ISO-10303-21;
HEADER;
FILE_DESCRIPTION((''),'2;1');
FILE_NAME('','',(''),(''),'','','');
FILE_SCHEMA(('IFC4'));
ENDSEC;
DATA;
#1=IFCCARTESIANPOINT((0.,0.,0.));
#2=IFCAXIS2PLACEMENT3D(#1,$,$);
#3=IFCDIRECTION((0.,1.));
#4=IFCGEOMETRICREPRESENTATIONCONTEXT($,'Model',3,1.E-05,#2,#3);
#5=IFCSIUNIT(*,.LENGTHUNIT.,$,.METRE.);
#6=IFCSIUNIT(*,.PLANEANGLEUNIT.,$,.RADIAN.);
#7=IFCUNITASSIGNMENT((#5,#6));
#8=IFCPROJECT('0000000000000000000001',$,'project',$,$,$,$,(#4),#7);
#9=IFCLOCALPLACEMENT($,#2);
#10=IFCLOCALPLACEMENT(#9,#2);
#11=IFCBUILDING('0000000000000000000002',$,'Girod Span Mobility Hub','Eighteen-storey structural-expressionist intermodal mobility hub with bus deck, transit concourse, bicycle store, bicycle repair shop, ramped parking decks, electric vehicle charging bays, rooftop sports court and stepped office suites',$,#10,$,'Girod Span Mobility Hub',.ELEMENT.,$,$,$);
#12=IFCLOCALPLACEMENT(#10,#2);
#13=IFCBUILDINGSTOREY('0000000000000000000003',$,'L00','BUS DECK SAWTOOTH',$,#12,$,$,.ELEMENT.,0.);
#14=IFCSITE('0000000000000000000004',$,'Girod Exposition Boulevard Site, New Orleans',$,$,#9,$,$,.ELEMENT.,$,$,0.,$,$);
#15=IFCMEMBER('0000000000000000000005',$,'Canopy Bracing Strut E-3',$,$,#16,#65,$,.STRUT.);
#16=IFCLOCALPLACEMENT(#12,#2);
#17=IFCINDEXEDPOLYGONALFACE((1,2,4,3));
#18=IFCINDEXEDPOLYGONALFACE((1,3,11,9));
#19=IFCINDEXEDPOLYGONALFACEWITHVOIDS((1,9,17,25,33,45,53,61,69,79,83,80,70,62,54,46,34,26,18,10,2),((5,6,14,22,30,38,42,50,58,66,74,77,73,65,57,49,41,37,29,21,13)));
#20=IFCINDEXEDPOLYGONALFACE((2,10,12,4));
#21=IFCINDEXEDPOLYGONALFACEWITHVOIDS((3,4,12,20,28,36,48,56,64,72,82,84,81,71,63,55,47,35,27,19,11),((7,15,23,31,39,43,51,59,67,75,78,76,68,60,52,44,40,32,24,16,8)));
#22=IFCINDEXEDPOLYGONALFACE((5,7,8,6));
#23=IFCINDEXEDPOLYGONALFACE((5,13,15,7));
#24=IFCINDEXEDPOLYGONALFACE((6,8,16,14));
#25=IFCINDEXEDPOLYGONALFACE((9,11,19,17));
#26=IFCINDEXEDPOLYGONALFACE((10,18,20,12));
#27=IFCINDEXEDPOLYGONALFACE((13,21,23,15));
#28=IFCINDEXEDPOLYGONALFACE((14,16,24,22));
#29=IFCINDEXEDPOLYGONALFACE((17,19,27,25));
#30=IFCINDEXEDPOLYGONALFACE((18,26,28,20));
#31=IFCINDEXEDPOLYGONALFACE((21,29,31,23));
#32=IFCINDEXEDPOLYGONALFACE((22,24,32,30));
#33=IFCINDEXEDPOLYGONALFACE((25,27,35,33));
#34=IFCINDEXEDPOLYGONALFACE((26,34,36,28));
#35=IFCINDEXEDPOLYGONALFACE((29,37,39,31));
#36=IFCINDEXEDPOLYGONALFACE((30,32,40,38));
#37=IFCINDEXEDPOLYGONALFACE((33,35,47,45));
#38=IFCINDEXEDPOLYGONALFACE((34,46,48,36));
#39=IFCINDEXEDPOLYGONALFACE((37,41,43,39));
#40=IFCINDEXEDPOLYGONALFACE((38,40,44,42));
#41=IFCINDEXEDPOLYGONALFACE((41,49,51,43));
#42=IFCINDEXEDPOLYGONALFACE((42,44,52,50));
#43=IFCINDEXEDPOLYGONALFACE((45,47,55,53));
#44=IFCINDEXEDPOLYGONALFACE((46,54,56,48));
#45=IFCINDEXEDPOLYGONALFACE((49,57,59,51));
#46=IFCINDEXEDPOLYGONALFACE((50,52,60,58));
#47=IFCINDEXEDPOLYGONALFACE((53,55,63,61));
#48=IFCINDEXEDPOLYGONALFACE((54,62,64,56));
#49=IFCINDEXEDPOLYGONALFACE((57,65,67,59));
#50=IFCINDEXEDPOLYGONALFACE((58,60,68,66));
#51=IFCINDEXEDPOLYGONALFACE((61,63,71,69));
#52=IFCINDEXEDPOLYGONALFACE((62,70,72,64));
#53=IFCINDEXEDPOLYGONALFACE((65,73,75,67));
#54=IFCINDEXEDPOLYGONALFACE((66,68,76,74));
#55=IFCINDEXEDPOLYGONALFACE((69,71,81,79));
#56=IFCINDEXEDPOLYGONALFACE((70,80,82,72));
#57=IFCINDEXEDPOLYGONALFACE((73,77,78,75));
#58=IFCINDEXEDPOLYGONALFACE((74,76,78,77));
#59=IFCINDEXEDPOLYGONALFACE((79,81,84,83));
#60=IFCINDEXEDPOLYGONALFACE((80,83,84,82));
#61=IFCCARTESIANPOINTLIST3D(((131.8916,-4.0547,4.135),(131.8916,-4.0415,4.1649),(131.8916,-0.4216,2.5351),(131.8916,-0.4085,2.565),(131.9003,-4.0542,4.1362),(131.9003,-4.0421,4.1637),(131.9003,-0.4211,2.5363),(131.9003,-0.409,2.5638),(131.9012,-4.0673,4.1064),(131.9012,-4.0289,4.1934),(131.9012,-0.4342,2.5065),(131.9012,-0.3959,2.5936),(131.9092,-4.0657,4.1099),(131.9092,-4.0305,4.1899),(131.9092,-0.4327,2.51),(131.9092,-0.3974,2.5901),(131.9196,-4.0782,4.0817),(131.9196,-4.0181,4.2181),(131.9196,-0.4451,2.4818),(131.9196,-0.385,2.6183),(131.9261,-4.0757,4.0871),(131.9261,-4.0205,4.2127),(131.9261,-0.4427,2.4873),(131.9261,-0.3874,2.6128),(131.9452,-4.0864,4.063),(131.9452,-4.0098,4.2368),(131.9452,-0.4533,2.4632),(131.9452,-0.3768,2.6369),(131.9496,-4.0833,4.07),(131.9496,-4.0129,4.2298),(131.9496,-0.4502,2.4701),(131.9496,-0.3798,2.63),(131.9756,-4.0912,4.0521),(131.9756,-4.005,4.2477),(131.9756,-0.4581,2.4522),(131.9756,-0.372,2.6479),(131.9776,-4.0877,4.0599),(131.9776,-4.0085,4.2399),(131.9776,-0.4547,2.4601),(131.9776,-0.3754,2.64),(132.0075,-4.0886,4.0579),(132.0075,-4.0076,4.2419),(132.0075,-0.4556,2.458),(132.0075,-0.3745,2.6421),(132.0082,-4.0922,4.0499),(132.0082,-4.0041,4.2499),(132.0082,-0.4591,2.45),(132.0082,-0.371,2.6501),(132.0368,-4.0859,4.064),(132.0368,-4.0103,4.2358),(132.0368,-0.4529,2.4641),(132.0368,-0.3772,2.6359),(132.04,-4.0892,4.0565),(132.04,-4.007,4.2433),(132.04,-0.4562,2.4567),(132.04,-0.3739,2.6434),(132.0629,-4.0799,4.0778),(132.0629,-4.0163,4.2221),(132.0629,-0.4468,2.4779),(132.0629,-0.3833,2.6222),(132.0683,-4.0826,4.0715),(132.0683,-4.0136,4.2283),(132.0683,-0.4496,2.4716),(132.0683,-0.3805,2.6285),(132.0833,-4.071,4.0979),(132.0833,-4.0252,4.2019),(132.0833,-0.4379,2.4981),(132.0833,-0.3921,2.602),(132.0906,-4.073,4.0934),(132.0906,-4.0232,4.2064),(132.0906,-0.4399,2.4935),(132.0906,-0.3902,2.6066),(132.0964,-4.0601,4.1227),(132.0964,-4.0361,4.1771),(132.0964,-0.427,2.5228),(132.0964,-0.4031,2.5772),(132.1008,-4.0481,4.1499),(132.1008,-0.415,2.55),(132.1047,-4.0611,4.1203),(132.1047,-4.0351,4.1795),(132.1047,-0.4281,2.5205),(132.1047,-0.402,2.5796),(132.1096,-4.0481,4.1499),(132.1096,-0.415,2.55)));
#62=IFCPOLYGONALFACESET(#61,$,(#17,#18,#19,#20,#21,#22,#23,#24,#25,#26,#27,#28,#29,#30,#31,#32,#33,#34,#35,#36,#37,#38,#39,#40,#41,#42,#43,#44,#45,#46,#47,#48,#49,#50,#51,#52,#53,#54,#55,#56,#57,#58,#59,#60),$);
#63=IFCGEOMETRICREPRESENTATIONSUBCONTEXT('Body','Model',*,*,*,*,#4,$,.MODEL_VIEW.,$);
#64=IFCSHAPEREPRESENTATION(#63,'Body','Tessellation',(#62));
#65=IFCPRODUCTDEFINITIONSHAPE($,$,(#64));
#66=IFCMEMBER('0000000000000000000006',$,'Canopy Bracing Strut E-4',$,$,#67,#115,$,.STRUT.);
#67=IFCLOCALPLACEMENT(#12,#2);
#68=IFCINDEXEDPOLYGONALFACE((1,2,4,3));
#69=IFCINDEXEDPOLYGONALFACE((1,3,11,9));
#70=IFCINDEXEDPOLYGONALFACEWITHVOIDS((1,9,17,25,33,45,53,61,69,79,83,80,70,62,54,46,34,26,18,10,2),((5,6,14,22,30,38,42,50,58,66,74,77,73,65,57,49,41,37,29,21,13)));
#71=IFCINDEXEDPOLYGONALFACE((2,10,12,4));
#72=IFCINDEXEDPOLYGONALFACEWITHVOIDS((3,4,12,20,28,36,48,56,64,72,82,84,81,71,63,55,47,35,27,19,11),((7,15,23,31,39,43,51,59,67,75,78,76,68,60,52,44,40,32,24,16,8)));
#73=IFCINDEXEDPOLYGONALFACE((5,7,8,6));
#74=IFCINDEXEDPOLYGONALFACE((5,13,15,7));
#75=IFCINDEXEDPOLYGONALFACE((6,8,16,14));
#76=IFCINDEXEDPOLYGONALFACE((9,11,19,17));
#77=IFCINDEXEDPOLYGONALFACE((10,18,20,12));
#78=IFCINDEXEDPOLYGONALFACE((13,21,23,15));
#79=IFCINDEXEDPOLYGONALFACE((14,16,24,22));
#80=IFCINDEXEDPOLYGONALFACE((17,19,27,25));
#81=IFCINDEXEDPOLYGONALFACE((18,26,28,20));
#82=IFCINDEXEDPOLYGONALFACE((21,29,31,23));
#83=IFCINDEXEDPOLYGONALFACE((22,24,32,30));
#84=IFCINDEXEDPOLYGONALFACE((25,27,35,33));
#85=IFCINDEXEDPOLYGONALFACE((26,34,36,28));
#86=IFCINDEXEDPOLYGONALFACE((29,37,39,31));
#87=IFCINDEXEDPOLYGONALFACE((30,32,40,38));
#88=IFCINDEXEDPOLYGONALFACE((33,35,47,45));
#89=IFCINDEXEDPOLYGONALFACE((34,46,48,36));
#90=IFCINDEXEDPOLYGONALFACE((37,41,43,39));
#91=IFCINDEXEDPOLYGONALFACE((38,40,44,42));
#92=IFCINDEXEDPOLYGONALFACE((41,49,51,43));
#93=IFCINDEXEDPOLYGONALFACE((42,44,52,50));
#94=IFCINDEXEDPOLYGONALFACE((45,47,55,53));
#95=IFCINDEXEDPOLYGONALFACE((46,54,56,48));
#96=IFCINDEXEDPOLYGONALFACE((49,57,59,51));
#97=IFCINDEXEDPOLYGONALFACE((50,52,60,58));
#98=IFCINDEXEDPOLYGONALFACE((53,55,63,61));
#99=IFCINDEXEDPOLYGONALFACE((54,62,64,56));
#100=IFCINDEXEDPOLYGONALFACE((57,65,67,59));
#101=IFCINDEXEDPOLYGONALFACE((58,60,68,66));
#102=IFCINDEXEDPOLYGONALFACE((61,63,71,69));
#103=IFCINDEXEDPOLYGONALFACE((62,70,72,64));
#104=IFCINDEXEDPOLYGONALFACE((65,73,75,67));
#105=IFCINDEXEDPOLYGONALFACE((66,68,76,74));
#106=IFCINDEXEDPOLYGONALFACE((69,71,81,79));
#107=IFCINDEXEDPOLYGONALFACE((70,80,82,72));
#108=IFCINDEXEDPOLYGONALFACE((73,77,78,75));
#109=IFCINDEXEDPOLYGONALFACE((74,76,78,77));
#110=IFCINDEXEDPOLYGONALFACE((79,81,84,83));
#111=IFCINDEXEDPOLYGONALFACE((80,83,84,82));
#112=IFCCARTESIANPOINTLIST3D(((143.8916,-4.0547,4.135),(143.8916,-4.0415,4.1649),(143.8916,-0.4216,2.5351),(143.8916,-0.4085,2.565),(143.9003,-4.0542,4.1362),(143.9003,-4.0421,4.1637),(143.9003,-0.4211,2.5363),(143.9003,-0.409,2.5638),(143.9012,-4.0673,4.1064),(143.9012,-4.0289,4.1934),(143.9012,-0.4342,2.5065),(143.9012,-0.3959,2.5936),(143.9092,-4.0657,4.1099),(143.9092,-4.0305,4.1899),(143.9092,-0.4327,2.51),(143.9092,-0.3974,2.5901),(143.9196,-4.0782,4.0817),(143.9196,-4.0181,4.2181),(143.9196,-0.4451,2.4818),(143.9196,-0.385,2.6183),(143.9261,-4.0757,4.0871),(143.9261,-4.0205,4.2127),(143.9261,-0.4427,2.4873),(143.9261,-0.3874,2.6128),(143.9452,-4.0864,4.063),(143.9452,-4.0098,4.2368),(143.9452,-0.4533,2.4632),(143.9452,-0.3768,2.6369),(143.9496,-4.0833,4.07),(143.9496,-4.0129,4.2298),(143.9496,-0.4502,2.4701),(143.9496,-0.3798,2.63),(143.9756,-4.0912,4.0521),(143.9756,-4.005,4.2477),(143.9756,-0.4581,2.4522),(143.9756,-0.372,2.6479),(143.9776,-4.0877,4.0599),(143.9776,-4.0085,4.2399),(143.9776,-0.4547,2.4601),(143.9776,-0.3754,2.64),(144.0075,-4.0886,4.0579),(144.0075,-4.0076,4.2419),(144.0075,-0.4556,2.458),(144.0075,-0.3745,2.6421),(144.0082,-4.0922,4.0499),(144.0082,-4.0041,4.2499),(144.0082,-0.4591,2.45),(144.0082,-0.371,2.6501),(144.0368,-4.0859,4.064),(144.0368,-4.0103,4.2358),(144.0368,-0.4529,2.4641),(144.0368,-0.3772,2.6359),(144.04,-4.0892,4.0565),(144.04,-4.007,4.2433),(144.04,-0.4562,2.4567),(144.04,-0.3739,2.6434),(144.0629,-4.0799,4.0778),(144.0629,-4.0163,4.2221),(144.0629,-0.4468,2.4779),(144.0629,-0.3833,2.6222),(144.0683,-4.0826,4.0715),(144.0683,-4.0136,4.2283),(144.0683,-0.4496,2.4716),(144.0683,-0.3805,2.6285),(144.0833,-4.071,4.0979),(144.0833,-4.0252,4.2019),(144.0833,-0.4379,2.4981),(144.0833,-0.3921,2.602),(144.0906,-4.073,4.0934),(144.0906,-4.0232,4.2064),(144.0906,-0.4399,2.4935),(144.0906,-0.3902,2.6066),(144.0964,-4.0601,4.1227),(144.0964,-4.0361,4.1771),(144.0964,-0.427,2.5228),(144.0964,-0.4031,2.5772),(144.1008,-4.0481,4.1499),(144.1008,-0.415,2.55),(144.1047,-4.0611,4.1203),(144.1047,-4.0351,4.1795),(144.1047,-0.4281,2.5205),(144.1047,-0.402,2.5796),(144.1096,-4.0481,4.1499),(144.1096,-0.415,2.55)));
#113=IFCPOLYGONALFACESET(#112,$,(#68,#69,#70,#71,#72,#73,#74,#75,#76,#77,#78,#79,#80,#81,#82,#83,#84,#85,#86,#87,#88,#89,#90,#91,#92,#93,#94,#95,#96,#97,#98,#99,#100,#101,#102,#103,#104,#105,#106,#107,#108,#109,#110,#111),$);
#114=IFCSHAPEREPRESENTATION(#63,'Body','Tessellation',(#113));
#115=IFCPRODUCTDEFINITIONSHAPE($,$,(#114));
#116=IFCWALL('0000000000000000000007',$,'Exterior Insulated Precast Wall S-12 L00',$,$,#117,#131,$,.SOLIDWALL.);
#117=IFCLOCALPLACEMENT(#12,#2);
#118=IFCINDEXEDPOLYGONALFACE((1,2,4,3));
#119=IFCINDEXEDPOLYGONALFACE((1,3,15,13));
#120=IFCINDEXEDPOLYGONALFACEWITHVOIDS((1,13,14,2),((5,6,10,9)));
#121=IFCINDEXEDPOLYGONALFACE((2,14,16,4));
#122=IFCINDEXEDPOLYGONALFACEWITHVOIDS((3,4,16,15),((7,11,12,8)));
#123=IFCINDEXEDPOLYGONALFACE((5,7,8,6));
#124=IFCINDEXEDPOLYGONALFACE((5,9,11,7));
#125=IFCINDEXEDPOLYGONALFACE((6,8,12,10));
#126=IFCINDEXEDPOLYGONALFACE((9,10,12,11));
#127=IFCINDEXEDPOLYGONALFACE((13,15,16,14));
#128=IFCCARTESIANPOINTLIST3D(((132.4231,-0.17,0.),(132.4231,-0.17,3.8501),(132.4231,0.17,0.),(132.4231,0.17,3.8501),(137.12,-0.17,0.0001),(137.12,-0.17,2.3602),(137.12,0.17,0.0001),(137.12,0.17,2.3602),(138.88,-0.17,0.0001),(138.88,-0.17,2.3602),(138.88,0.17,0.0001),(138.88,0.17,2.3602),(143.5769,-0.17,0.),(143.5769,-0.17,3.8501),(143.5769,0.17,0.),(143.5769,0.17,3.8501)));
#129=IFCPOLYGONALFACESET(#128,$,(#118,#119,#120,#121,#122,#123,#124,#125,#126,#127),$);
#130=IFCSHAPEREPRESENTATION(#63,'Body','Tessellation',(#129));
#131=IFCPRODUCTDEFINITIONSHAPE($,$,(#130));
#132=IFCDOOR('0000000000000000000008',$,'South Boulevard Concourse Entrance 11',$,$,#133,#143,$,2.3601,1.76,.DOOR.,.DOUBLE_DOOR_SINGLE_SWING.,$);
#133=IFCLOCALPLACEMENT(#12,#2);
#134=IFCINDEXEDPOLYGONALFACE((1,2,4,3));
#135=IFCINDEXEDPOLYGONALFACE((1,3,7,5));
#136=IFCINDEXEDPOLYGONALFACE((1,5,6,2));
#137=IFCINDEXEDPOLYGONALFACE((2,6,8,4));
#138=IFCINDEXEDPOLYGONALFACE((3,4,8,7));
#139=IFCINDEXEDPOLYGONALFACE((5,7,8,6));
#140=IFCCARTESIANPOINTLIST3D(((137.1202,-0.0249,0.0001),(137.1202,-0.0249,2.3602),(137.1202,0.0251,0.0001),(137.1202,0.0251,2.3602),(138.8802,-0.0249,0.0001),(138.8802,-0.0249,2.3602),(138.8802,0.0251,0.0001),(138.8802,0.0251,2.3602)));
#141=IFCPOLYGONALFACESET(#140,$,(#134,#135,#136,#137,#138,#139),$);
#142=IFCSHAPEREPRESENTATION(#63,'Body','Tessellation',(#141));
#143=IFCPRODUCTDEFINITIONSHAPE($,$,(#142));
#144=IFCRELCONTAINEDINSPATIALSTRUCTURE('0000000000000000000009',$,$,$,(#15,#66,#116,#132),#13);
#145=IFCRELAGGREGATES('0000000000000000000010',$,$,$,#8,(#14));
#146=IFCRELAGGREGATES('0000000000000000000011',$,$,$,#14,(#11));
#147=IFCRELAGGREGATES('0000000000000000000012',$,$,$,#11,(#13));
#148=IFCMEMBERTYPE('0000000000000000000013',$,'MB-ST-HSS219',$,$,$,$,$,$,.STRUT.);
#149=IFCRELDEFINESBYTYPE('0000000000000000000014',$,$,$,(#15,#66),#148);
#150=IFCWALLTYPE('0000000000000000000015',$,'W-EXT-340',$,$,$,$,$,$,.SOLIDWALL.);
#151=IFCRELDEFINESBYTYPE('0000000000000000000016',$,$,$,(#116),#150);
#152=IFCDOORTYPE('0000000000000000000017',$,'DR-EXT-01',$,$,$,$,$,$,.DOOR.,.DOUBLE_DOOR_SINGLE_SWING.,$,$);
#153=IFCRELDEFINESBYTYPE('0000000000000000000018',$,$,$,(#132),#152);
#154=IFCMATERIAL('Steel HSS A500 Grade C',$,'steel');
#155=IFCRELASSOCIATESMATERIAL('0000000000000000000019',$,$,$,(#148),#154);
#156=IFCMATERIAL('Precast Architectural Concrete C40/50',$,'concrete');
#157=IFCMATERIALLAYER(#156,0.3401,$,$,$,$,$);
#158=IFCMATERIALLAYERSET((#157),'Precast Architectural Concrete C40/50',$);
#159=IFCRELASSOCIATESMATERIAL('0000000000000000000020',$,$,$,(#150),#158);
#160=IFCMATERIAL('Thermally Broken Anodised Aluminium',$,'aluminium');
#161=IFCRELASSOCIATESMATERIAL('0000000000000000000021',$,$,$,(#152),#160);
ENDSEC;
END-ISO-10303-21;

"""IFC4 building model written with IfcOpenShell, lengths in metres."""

from ifc_helpers import new_model, si_unit, direction, frame, frame_2d, origin, origin_2d, place, context, subcontext, project, spatial, rectangle, hollow_circle, extrude, material, layer, layer_set, material_profile, profile_set, type_object, element, fill, save


model = new_model("IFC4")

# Units and contexts
model_context = context("Model", 3, precision=1e-05, world=origin(), true_north=direction((0.0, 1.0)))
body_context = subcontext(model_context, "Body", "Model", "MODEL_VIEW")
ifc_project = project(units=[si_unit("LENGTHUNIT", "METRE"), si_unit("PLANEANGLEUNIT", "RADIAN")], contexts=[model_context])

# Site, building, storey
site_placement = place(None, origin())
site = spatial("IfcSite", under=ifc_project, at=site_placement, Name="Girod Exposition Boulevard Site, New Orleans", CompositionType="ELEMENT", RefElevation=0.0)
building_placement = place(site_placement, origin())
building = spatial("IfcBuilding", under=site, at=building_placement, Name="Girod Span Mobility Hub", Description="Eighteen-storey structural-expressionist intermodal mobility hub with bus deck, transit concourse, bicycle store, bicycle repair shop, ramped parking decks, electric vehicle charging bays, rooftop sports court and stepped office suites", LongName="Girod Span Mobility Hub", CompositionType="ELEMENT")
storey_placement = place(building_placement, origin())
storey = spatial("IfcBuildingStorey", under=building, at=storey_placement, Name="L00", Description="BUS DECK SAWTOOTH", CompositionType="ELEMENT", Elevation=0.0)

# Members
ifc_material_1 = material(Name="Steel HSS A500 Grade C", Category="steel")
ifc_material_profile_1 = material_profile(ifc_material_1, hollow_circle(Radius=0.1096, WallThickness=0.0088, at=origin_2d()), Name="HSS219X9.5")
ifc_profile_set_1 = profile_set([ifc_material_profile_1], Name="Steel HSS A500 Grade C")
member_type_1 = type_object("IfcMemberType", Name="MB-ST-HSS219", PredefinedType="STRUT", material=ifc_profile_set_1)
for number, where, z_axis, x_axis, name in (
    (1, (132.0, -0.415, 2.55), (0.0, -0.915193, 0.403015), (1.0, 0.0, 0.0), "Canopy Bracing Strut E-3"),
    (2, (144.0, -0.415, 2.55), (0.0, -0.915193, 0.403015), (1.0, 0.0, 0.0), "Canopy Bracing Strut E-4"),
):
    element("IfcMember", number, at=place(storey_placement, frame(where, z_axis=z_axis, x_axis=x_axis)), inside=storey, type_object=member_type_1, Name=name, PredefinedType="STRUT", context=body_context, shape_type="SweptSolid", body=[
        extrude(hollow_circle(Radius=0.1096, WallThickness=0.0088, at=origin_2d()), origin(), (0.0, 0.0, 1.0), 3.9697),
    ])

# Wall, opening, door
ifc_material_2 = material(Name="Precast Architectural Concrete C40/50", Category="concrete")
ifc_layer = layer(ifc_material_2, 0.3401)
ifc_layer_set = layer_set([ifc_layer], Name="Precast Architectural Concrete C40/50")
wall_type = type_object("IfcWallType", Name="W-EXT-340", PredefinedType="SOLIDWALL", material=ifc_layer_set)
wall_1_placement = place(storey_placement, frame((132.4231, 0.0, 0.0), z_axis=(0.0, 0.0, 1.0), x_axis=(1.0, 0.0, 0.0)))
wall_1 = element("IfcWall", 3, at=wall_1_placement, inside=storey, type_object=wall_type, Name="Exterior Insulated Precast Wall S-12 L00", PredefinedType="SOLIDWALL", context=body_context, shape_type="SweptSolid", body=[
    extrude(rectangle(XDim=11.1538, YDim=0.3401, at=frame_2d((5.5769, 0.0))), origin(), (0.0, 0.0, 1.0), 3.8501),
])
opening_1_placement = place(wall_1_placement, frame((4.697, 0.0, 0.0)))
opening_1 = element("IfcOpeningElement", 4, at=opening_1_placement, cuts=wall_1, PredefinedType="OPENING", context=body_context, shape_type="SweptSolid", body=[
    extrude(rectangle(XDim=1.76, YDim=2.3601, at=frame_2d((0.8799, 1.1802))), frame((0.0, 0.1851, 0.0), z_axis=(0.0, -1.0, 0.0), x_axis=(1.0, 0.0, 0.0)), (0.0, 0.0, 1.0), 0.3701),
])
ifc_material_3 = material(Name="Thermally Broken Anodised Aluminium", Category="aluminium")
door_type_1 = type_object("IfcDoorType", Name="DR-EXT-01", OperationType="DOUBLE_DOOR_SINGLE_SWING", PredefinedType="DOOR", material=ifc_material_3)
door_1_placement = place(opening_1_placement, frame((1.76, 0.0, 0.0), z_axis=(0.0, 0.0, 1.0), x_axis=(-1.0, 0.0, 0.0)))
door_1 = element("IfcDoor", 5, at=door_1_placement, inside=storey, type_object=door_type_1, Name="South Boulevard Concourse Entrance 11", OperationType="DOUBLE_DOOR_SINGLE_SWING", OverallHeight=2.3601, OverallWidth=1.76, PredefinedType="DOOR", context=body_context, shape_type="SweptSolid", body=[
    extrude(rectangle(XDim=1.76, YDim=2.3601, at=frame_2d((0.8799, 1.1802))), frame((0.0, 0.0249, 0.0), z_axis=(0.0, -1.0, 0.0), x_axis=(1.0, 0.0, 0.0)), (0.0, 0.0, 1.0), 0.05),
])
fill(opening_1, door_1)

save(model, "model.ifc")
